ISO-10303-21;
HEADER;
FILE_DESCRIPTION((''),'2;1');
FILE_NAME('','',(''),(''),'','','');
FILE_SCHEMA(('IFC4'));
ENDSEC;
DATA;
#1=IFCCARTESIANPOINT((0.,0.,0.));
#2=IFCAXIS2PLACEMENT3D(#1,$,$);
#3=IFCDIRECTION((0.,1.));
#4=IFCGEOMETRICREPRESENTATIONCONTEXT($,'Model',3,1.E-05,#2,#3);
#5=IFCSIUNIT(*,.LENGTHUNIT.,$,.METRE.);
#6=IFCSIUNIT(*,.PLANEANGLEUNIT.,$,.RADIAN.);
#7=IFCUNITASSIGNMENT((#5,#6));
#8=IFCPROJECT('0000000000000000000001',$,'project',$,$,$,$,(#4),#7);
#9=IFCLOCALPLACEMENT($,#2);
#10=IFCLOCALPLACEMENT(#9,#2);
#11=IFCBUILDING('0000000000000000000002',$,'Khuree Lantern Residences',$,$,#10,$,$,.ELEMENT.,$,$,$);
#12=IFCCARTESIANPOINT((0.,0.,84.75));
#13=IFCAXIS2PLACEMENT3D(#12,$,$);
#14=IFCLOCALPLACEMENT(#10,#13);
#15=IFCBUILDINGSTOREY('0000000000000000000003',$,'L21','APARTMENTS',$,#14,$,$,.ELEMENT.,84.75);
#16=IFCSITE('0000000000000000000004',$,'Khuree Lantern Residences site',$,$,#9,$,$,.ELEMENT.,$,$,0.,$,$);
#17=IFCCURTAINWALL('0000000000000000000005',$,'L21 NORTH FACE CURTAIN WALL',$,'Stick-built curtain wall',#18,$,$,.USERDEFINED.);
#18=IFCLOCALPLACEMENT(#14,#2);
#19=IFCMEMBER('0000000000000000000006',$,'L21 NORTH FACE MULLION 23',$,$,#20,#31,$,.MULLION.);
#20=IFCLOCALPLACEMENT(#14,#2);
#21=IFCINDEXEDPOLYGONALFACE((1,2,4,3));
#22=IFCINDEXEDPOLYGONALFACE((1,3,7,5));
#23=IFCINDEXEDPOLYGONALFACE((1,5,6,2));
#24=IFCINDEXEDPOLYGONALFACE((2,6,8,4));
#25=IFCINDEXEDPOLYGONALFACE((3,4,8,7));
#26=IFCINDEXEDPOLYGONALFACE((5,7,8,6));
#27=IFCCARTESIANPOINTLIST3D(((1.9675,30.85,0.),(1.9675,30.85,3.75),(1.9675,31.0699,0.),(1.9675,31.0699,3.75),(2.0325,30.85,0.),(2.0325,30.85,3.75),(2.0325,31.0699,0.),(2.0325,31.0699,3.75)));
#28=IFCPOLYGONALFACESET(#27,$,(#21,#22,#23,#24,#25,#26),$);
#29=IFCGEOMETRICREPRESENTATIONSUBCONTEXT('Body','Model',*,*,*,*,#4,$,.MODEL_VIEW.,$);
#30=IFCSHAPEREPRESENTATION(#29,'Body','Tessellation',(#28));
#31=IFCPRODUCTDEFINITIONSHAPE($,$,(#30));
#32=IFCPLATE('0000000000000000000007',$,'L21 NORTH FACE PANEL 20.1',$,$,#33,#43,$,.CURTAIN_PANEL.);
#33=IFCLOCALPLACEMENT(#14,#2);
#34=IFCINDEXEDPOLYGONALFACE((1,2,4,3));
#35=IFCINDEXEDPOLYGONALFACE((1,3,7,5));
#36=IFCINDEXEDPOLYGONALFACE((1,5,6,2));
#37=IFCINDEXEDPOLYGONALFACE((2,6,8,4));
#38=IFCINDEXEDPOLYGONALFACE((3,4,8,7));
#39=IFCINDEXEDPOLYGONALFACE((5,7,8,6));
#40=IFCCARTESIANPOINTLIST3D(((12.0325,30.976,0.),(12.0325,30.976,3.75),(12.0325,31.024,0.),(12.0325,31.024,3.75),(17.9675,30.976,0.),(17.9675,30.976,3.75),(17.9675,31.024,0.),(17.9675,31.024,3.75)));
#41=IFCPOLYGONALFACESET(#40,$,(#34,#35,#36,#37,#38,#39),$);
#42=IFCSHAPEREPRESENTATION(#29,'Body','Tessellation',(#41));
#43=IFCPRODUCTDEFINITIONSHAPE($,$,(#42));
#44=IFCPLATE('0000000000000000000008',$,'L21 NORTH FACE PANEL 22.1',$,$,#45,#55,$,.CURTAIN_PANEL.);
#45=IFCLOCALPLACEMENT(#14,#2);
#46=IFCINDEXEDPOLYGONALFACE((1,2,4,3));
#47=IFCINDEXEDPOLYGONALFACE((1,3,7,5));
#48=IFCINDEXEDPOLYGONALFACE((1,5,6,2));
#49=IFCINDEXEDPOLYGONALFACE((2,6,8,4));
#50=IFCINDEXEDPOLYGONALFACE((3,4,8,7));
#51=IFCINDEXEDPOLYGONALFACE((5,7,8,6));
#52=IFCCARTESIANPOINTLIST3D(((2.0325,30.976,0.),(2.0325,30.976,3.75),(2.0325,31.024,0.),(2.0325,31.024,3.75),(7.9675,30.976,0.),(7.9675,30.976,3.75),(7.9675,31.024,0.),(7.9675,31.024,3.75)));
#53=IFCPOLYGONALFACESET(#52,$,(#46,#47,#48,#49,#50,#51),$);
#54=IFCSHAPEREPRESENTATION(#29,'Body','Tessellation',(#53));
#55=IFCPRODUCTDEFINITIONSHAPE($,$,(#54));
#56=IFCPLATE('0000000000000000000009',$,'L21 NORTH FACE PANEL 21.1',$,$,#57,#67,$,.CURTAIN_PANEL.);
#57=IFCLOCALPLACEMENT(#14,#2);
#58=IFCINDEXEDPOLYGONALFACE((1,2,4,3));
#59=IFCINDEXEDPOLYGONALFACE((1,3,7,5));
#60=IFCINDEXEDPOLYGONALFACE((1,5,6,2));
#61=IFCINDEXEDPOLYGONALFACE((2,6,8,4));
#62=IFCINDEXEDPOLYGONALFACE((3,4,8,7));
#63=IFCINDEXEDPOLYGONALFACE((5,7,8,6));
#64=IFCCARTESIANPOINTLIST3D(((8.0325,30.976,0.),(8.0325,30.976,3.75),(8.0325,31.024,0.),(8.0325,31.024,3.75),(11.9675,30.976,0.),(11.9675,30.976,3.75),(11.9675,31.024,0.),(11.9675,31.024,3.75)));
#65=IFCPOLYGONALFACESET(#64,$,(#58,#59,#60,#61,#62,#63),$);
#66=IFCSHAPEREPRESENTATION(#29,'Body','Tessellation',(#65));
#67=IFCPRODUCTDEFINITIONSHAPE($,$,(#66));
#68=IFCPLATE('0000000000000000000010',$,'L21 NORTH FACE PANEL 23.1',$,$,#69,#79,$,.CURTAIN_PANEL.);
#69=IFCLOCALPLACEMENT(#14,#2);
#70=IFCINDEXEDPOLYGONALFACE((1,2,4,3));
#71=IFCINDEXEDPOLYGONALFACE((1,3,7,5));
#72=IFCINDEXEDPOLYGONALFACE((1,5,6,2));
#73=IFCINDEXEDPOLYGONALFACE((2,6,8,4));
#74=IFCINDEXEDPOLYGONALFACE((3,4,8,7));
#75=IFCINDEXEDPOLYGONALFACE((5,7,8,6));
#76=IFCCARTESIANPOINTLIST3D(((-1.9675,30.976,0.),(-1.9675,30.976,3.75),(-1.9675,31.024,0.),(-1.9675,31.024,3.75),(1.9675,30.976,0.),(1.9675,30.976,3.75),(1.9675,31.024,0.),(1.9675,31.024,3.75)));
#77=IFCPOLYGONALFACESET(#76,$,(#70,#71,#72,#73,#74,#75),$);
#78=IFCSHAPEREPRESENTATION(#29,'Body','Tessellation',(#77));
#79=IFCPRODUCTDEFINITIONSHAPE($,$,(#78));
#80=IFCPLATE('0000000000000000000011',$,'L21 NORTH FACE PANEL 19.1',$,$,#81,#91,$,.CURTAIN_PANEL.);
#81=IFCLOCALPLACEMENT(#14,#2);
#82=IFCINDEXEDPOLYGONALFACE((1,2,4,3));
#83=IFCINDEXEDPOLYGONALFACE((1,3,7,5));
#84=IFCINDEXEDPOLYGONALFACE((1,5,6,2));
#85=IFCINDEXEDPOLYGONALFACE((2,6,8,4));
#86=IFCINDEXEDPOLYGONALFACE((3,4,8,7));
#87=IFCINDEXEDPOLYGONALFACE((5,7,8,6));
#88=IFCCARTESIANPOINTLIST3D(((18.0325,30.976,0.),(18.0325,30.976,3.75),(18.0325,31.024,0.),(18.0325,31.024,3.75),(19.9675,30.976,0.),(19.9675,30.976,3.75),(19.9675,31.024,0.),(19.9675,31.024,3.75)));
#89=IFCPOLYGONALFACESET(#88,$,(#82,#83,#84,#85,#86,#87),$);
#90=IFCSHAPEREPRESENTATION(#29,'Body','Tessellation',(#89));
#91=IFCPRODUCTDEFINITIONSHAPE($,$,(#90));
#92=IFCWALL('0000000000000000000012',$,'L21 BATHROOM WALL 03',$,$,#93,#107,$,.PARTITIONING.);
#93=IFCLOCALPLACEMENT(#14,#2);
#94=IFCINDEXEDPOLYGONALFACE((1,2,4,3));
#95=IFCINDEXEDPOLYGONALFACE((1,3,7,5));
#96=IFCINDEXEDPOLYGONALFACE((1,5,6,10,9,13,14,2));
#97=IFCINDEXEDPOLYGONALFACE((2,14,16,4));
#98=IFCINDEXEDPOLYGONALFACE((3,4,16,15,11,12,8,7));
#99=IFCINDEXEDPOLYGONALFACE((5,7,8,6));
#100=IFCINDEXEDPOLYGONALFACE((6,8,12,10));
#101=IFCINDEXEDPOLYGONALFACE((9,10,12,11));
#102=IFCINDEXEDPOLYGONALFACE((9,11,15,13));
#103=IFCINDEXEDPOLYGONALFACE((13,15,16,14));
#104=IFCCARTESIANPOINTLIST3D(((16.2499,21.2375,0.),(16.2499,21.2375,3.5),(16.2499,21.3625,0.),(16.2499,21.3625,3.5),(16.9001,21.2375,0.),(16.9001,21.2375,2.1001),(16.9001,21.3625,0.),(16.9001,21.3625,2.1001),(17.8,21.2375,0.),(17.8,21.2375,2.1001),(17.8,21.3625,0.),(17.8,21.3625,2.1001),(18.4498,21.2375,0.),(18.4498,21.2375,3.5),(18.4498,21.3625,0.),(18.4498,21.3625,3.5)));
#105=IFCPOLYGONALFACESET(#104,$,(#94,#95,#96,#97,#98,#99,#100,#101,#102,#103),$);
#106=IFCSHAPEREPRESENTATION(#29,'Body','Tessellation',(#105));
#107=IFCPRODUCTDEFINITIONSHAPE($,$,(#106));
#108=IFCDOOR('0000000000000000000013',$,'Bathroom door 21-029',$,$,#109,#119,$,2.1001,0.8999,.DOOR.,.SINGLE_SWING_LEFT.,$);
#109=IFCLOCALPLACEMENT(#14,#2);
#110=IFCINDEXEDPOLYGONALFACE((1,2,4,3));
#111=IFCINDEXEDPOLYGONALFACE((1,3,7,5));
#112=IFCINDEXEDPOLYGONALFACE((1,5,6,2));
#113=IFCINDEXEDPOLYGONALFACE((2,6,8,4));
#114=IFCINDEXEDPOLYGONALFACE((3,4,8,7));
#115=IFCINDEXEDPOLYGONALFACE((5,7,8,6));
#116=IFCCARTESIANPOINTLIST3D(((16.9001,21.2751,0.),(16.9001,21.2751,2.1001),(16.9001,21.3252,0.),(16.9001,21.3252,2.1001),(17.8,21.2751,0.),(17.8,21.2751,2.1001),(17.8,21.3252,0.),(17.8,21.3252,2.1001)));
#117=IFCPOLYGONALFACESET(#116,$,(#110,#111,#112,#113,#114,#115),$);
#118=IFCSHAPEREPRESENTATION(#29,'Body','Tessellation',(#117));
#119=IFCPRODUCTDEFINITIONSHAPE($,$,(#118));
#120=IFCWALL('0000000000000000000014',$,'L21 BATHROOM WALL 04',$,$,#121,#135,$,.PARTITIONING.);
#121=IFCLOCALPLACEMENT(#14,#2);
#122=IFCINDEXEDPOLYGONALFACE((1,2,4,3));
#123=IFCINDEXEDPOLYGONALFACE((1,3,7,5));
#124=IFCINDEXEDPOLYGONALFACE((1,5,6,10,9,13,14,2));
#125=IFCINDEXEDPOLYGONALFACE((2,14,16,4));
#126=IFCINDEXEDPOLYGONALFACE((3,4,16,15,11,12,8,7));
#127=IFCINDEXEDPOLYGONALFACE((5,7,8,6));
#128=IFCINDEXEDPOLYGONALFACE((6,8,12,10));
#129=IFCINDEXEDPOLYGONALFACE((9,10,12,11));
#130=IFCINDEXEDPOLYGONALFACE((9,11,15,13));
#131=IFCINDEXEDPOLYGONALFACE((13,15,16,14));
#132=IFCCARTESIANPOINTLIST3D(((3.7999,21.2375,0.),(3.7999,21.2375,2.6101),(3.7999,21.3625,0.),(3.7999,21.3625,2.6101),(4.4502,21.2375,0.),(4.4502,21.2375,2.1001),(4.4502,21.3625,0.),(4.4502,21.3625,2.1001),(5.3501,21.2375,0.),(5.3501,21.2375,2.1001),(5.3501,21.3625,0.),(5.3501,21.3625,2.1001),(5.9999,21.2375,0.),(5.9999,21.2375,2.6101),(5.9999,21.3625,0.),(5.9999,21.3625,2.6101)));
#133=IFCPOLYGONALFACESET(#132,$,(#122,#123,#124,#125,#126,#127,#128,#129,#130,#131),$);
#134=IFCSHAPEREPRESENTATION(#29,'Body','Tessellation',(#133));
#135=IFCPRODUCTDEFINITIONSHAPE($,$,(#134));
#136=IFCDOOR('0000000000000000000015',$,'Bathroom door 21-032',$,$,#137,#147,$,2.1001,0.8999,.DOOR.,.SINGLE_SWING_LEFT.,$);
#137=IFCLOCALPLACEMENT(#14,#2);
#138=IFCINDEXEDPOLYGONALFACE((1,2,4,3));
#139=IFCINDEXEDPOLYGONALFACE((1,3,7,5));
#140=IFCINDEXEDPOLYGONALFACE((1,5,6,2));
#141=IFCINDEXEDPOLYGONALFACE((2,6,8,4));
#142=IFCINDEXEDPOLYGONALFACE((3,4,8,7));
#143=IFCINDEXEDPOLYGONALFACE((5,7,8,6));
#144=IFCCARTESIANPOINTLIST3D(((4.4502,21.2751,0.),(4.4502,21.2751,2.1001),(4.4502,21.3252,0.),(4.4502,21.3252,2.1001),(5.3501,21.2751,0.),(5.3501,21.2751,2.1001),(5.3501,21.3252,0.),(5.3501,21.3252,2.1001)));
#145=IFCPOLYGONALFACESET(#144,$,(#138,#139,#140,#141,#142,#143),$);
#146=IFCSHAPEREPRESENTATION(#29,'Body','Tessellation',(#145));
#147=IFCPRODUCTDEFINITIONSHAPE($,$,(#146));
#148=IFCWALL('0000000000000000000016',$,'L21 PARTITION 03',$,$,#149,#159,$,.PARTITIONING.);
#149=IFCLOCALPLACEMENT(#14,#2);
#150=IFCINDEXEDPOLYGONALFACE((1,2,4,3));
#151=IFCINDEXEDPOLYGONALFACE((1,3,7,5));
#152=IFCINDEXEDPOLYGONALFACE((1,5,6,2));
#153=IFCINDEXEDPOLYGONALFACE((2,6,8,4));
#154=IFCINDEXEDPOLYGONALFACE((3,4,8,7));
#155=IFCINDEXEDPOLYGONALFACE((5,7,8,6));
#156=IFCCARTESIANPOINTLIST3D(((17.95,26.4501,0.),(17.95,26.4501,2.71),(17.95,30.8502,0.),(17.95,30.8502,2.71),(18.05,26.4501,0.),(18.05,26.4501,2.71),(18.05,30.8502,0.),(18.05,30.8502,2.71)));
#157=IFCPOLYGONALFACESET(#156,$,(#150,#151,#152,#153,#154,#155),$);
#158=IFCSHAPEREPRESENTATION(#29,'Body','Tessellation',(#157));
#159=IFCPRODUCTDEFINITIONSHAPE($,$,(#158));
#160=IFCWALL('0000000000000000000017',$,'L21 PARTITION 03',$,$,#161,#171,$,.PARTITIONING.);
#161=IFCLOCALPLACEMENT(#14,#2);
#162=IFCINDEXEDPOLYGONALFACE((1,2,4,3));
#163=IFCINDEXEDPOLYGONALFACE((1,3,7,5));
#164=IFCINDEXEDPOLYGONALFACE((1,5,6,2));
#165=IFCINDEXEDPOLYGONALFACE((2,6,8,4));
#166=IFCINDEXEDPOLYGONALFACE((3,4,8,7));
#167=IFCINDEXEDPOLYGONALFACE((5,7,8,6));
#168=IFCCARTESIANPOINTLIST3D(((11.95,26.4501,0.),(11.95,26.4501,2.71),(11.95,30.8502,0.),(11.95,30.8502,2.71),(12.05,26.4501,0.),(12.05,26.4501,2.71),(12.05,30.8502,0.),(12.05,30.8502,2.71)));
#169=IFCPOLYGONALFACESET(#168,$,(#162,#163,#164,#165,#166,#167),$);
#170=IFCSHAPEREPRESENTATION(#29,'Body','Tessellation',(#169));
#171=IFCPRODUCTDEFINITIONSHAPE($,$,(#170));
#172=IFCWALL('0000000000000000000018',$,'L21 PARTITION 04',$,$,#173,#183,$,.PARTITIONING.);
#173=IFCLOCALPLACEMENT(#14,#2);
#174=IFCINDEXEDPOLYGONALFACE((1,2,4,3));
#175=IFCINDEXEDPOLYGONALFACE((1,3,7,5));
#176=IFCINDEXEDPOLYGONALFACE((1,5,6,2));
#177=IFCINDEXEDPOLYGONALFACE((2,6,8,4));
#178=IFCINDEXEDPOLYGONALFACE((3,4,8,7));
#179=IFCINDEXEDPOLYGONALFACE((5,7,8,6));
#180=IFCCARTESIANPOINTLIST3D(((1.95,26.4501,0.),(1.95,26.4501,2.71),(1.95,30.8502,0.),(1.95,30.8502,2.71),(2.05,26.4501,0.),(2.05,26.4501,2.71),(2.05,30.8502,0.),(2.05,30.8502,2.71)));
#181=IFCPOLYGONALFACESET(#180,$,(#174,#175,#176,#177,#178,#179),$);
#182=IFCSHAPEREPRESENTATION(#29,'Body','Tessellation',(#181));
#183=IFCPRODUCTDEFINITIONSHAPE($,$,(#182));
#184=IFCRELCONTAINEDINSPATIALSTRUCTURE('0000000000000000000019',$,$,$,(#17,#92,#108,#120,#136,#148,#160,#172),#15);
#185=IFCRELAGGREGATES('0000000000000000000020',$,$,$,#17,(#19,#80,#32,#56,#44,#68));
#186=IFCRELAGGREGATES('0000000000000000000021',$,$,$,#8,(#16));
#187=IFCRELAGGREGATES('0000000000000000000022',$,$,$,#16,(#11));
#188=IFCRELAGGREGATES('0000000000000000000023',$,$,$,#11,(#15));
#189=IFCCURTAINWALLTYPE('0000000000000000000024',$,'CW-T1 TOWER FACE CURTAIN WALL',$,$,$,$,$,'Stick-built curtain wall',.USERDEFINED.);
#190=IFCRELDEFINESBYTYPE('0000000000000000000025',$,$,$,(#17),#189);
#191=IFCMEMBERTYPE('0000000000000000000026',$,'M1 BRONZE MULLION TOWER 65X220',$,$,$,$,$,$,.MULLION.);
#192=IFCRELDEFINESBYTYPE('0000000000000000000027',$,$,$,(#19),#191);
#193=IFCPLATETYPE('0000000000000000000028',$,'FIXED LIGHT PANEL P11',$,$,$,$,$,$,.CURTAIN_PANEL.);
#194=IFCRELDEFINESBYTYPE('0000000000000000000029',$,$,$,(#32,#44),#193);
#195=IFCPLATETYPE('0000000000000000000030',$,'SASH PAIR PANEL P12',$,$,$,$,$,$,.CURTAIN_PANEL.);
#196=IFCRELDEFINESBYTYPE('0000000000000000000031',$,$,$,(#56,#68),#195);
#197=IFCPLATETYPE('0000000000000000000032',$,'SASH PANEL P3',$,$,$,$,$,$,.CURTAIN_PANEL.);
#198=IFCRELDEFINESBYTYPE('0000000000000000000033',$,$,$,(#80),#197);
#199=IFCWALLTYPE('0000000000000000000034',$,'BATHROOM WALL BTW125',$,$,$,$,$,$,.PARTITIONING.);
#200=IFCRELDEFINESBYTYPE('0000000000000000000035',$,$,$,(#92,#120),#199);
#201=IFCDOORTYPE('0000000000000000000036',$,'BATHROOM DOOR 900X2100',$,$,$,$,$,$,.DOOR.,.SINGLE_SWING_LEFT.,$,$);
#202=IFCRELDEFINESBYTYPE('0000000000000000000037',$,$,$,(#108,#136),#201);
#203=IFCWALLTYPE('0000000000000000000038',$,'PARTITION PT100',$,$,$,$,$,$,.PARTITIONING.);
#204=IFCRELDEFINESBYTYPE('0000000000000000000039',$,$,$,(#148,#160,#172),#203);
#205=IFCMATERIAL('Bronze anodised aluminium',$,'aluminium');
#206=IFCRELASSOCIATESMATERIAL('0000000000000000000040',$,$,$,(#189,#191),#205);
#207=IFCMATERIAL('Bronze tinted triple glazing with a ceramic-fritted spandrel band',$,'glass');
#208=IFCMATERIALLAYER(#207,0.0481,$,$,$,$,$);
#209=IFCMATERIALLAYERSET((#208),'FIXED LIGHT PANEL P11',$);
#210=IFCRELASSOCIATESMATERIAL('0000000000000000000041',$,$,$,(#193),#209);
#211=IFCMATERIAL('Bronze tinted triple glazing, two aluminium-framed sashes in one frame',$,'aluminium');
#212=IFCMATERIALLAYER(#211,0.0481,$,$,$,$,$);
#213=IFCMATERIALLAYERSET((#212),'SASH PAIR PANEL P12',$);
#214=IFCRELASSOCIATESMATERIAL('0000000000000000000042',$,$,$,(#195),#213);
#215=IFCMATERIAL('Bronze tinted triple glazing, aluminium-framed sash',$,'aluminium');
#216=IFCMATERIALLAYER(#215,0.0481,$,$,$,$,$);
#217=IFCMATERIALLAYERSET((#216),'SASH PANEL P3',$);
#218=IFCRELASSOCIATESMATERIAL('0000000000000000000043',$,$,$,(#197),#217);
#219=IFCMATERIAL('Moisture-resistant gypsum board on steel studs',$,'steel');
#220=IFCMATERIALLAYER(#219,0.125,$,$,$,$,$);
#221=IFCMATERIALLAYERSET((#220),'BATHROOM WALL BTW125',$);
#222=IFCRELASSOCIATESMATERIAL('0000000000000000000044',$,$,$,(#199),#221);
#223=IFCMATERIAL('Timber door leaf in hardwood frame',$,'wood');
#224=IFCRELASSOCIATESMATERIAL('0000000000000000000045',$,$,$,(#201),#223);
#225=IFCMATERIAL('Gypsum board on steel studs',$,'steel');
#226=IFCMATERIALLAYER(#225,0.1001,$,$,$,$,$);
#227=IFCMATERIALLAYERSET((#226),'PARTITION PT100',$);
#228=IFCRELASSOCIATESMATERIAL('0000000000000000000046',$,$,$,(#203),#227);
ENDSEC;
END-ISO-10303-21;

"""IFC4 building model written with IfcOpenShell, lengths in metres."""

from ifc_helpers import new_model, si_unit, direction, frame, frame_2d, origin, origin_2d, place, context, subcontext, project, spatial, rectangle, extrude, material, layer, layer_set, material_profile, profile_set, type_object, element, fill, aggregate, save


model = new_model("IFC4")

# Units and contexts
model_context = context("Model", 3, precision=1e-05, world=origin(), true_north=direction((0.0, 1.0)))
body_context = subcontext(model_context, "Body", "Model", "MODEL_VIEW")
ifc_project = project(units=[si_unit("LENGTHUNIT", "METRE"), si_unit("PLANEANGLEUNIT", "RADIAN")], contexts=[model_context])

# Site, building, storey
site_placement = place(None, origin())
site = spatial("IfcSite", under=ifc_project, at=site_placement, Name="Khuree Lantern Residences site", CompositionType="ELEMENT", RefElevation=0.0)
building_placement = place(site_placement, origin())
building = spatial("IfcBuilding", under=site, at=building_placement, Name="Khuree Lantern Residences", CompositionType="ELEMENT")
storey_placement = place(building_placement, frame((0.0, 0.0, 84.75)))
storey = spatial("IfcBuildingStorey", under=building, at=storey_placement, Name="L21", Description="APARTMENTS", CompositionType="ELEMENT", Elevation=84.75)

# Curtain wall
ifc_material_1 = material(Name="Bronze anodised aluminium", Category="aluminium")
curtain_wall_type = type_object("IfcCurtainWallType", Name="CW-T1 TOWER FACE CURTAIN WALL", ElementType="Stick-built curtain wall", PredefinedType="USERDEFINED", material=ifc_material_1)
curtain_wall_placement = place(storey_placement, origin())
curtain_wall = element("IfcCurtainWall", 1, at=curtain_wall_placement, inside=storey, type_object=curtain_wall_type, Name="L21 NORTH FACE CURTAIN WALL", ObjectType="Stick-built curtain wall", PredefinedType="USERDEFINED")

# Member
ifc_material_profile_1 = material_profile(ifc_material_1, rectangle(XDim=0.0649, YDim=0.22, at=origin_2d()), Name="M1 65X220")
ifc_profile_set_1 = profile_set([ifc_material_profile_1], Name="Bronze anodised aluminium")
member_type_1 = type_object("IfcMemberType", Name="M1 BRONZE MULLION TOWER 65X220", PredefinedType="MULLION", material=ifc_profile_set_1)
member_1_placement = place(storey_placement, frame((2.0, 30.96, 0.0), z_axis=(0.0, 0.0, 1.0), x_axis=(-1.0, 0.0, 0.0)))
member_1 = element("IfcMember", 2, at=member_1_placement, type_object=member_type_1, Name="L21 NORTH FACE MULLION 23", PredefinedType="MULLION", context=body_context, shape_type="SweptSolid", body=[
    extrude(rectangle(XDim=0.0649, YDim=0.22, at=origin_2d()), origin(), (0.0, 0.0, 1.0), 3.75),
])

# Plates
ifc_material_2 = material(Name="Bronze tinted triple glazing with a ceramic-fritted spandrel band", Category="glass")
ifc_layer_1 = layer(ifc_material_2, 0.0481)
ifc_layer_set_1 = layer_set([ifc_layer_1], Name="FIXED LIGHT PANEL P11")
plate_type_1 = type_object("IfcPlateType", Name="FIXED LIGHT PANEL P11", PredefinedType="CURTAIN_PANEL", material=ifc_layer_set_1)
plate_1_placement = place(storey_placement, frame((15.0, 31.0, 0.0), z_axis=(0.0, 0.0, 1.0), x_axis=(-1.0, 0.0, 0.0)))
plate_1 = element("IfcPlate", 3, at=plate_1_placement, type_object=plate_type_1, Name="L21 NORTH FACE PANEL 20.1", PredefinedType="CURTAIN_PANEL", context=body_context, shape_type="SweptSolid", body=[
    extrude(rectangle(XDim=5.9351, YDim=0.0481, at=origin_2d()), origin(), (0.0, 0.0, 1.0), 3.75),
])
plate_2_placement = place(storey_placement, frame((5.0, 31.0, 0.0), z_axis=(0.0, 0.0, 1.0), x_axis=(-1.0, 0.0, 0.0)))
plate_2 = element("IfcPlate", 4, at=plate_2_placement, type_object=plate_type_1, Name="L21 NORTH FACE PANEL 22.1", PredefinedType="CURTAIN_PANEL", context=body_context, shape_type="SweptSolid", body=[
    extrude(rectangle(XDim=5.9351, YDim=0.0481, at=origin_2d()), origin(), (0.0, 0.0, 1.0), 3.75),
])
ifc_material_3 = material(Name="Bronze tinted triple glazing, two aluminium-framed sashes in one frame", Category="aluminium")
ifc_layer_2 = layer(ifc_material_3, 0.0481)
ifc_layer_set_2 = layer_set([ifc_layer_2], Name="SASH PAIR PANEL P12")
plate_type_2 = type_object("IfcPlateType", Name="SASH PAIR PANEL P12", PredefinedType="CURTAIN_PANEL", material=ifc_layer_set_2)
plate_3_placement = place(storey_placement, frame((10.0, 31.0, 0.0), z_axis=(0.0, 0.0, 1.0), x_axis=(-1.0, 0.0, 0.0)))
plate_3 = element("IfcPlate", 5, at=plate_3_placement, type_object=plate_type_2, Name="L21 NORTH FACE PANEL 21.1", PredefinedType="CURTAIN_PANEL", context=body_context, shape_type="SweptSolid", body=[
    extrude(rectangle(XDim=3.9351, YDim=0.0481, at=origin_2d()), origin(), (0.0, 0.0, 1.0), 3.75),
])
plate_4_placement = place(storey_placement, frame((0.0, 31.0, 0.0), z_axis=(0.0, 0.0, 1.0), x_axis=(-1.0, 0.0, 0.0)))
plate_4 = element("IfcPlate", 6, at=plate_4_placement, type_object=plate_type_2, Name="L21 NORTH FACE PANEL 23.1", PredefinedType="CURTAIN_PANEL", context=body_context, shape_type="SweptSolid", body=[
    extrude(rectangle(XDim=3.9351, YDim=0.0481, at=origin_2d()), origin(), (0.0, 0.0, 1.0), 3.75),
])
ifc_material_4 = material(Name="Bronze tinted triple glazing, aluminium-framed sash", Category="aluminium")
ifc_layer_3 = layer(ifc_material_4, 0.0481)
ifc_layer_set_3 = layer_set([ifc_layer_3], Name="SASH PANEL P3")
plate_type_3 = type_object("IfcPlateType", Name="SASH PANEL P3", PredefinedType="CURTAIN_PANEL", material=ifc_layer_set_3)
plate_5_placement = place(storey_placement, frame((19.0, 31.0, 0.0), z_axis=(0.0, 0.0, 1.0), x_axis=(-1.0, 0.0, 0.0)))
plate_5 = element("IfcPlate", 7, at=plate_5_placement, type_object=plate_type_3, Name="L21 NORTH FACE PANEL 19.1", PredefinedType="CURTAIN_PANEL", context=body_context, shape_type="SweptSolid", body=[
    extrude(rectangle(XDim=1.9351, YDim=0.0481, at=origin_2d()), origin(), (0.0, 0.0, 1.0), 3.75),
])
aggregate(curtain_wall, [member_1, plate_5, plate_1, plate_3, plate_2, plate_4])

# Walls, openings, doors
ifc_material_5 = material(Name="Moisture-resistant gypsum board on steel studs", Category="steel")
ifc_layer_4 = layer(ifc_material_5, 0.125)
ifc_layer_set_4 = layer_set([ifc_layer_4], Name="BATHROOM WALL BTW125")
wall_type_1 = type_object("IfcWallType", Name="BATHROOM WALL BTW125", PredefinedType="PARTITIONING", material=ifc_layer_set_4)
wall_1_placement = place(storey_placement, frame((18.45, 21.3, 0.0), z_axis=(0.0, 0.0, 1.0), x_axis=(-1.0, 0.0, 0.0)))
wall_1 = element("IfcWall", 8, at=wall_1_placement, inside=storey, type_object=wall_type_1, Name="L21 BATHROOM WALL 03", PredefinedType="PARTITIONING", context=body_context, shape_type="SweptSolid", body=[
    extrude(rectangle(XDim=2.2, YDim=0.125, at=frame_2d((1.1001, 0.0))), origin(), (0.0, 0.0, 1.0), 3.5),
])
opening_1_placement = place(wall_1_placement, frame((0.6499, 0.0, 0.0)))
opening_1 = element("IfcOpeningElement", 9, at=opening_1_placement, cuts=wall_1, PredefinedType="OPENING", context=body_context, shape_type="SweptSolid", body=[
    extrude(rectangle(XDim=0.8999, YDim=2.1001, at=frame_2d((0.45, 1.05))), frame((0.0, 0.0725, 0.0), z_axis=(0.0, -1.0, 0.0), x_axis=(1.0, 0.0, 0.0)), (0.0, 0.0, 1.0), 0.145),
])
ifc_material_6 = material(Name="Timber door leaf in hardwood frame", Category="wood")
door_type_1 = type_object("IfcDoorType", Name="BATHROOM DOOR 900X2100", OperationType="SINGLE_SWING_LEFT", PredefinedType="DOOR", material=ifc_material_6)
door_1_placement = place(opening_1_placement, origin())
door_1 = element("IfcDoor", 10, at=door_1_placement, inside=storey, type_object=door_type_1, Name="Bathroom door 21-029", OperationType="SINGLE_SWING_LEFT", OverallHeight=2.1001, OverallWidth=0.8999, PredefinedType="DOOR", context=body_context, shape_type="SweptSolid", body=[
    extrude(rectangle(XDim=0.8999, YDim=2.1001, at=frame_2d((0.45, 1.05))), frame((0.0, 0.0249, 0.0), z_axis=(0.0, -1.0, 0.0), x_axis=(1.0, 0.0, 0.0)), (0.0, 0.0, 1.0), 0.05),
])
fill(opening_1, door_1)
wall_2_placement = place(storey_placement, frame((6.0, 21.3, 0.0), z_axis=(0.0, 0.0, 1.0), x_axis=(-1.0, 0.0, 0.0)))
wall_2 = element("IfcWall", 11, at=wall_2_placement, inside=storey, type_object=wall_type_1, Name="L21 BATHROOM WALL 04", PredefinedType="PARTITIONING", context=body_context, shape_type="SweptSolid", body=[
    extrude(rectangle(XDim=2.2, YDim=0.125, at=frame_2d((1.1001, 0.0))), origin(), (0.0, 0.0, 1.0), 2.6101),
])
opening_2_placement = place(wall_2_placement, frame((0.6499, 0.0, 0.0)))
opening_2 = element("IfcOpeningElement", 12, at=opening_2_placement, cuts=wall_2, PredefinedType="OPENING", context=body_context, shape_type="SweptSolid", body=[
    extrude(rectangle(XDim=0.8999, YDim=2.1001, at=frame_2d((0.45, 1.05))), frame((0.0, 0.0725, 0.0), z_axis=(0.0, -1.0, 0.0), x_axis=(1.0, 0.0, 0.0)), (0.0, 0.0, 1.0), 0.145),
])
door_2_placement = place(opening_2_placement, origin())
door_2 = element("IfcDoor", 13, at=door_2_placement, inside=storey, type_object=door_type_1, Name="Bathroom door 21-032", OperationType="SINGLE_SWING_LEFT", OverallHeight=2.1001, OverallWidth=0.8999, PredefinedType="DOOR", context=body_context, shape_type="SweptSolid", body=[
    extrude(rectangle(XDim=0.8999, YDim=2.1001, at=frame_2d((0.45, 1.05))), frame((0.0, 0.0249, 0.0), z_axis=(0.0, -1.0, 0.0), x_axis=(1.0, 0.0, 0.0)), (0.0, 0.0, 1.0), 0.05),
])
fill(opening_2, door_2)

# Walls
ifc_material_7 = material(Name="Gypsum board on steel studs", Category="steel")
ifc_layer_5 = layer(ifc_material_7, 0.1001)
ifc_layer_set_5 = layer_set([ifc_layer_5], Name="PARTITION PT100")
wall_type_2 = type_object("IfcWallType", Name="PARTITION PT100", PredefinedType="PARTITIONING", material=ifc_layer_set_5)
for number, where, z_axis, x_axis, name in (
    (14, (18.0, 26.45, 0.0), (0.0, 0.0, 1.0), (0.0, 1.0, 0.0), "L21 PARTITION 03"),
    (15, (12.0, 26.45, 0.0), (0.0, 0.0, 1.0), (0.0, 1.0, 0.0), "L21 PARTITION 03"),
    (16, (2.0, 26.45, 0.0), (0.0, 0.0, 1.0), (0.0, 1.0, 0.0), "L21 PARTITION 04"),
):
    element("IfcWall", number, at=place(storey_placement, frame(where, z_axis=z_axis, x_axis=x_axis)), inside=storey, type_object=wall_type_2, Name=name, PredefinedType="PARTITIONING", context=body_context, shape_type="SweptSolid", body=[
        extrude(rectangle(XDim=4.4001, YDim=0.1001, at=frame_2d((2.2002, 0.0))), origin(), (0.0, 0.0, 1.0), 2.71),
    ])

save(model, "model.ifc")
